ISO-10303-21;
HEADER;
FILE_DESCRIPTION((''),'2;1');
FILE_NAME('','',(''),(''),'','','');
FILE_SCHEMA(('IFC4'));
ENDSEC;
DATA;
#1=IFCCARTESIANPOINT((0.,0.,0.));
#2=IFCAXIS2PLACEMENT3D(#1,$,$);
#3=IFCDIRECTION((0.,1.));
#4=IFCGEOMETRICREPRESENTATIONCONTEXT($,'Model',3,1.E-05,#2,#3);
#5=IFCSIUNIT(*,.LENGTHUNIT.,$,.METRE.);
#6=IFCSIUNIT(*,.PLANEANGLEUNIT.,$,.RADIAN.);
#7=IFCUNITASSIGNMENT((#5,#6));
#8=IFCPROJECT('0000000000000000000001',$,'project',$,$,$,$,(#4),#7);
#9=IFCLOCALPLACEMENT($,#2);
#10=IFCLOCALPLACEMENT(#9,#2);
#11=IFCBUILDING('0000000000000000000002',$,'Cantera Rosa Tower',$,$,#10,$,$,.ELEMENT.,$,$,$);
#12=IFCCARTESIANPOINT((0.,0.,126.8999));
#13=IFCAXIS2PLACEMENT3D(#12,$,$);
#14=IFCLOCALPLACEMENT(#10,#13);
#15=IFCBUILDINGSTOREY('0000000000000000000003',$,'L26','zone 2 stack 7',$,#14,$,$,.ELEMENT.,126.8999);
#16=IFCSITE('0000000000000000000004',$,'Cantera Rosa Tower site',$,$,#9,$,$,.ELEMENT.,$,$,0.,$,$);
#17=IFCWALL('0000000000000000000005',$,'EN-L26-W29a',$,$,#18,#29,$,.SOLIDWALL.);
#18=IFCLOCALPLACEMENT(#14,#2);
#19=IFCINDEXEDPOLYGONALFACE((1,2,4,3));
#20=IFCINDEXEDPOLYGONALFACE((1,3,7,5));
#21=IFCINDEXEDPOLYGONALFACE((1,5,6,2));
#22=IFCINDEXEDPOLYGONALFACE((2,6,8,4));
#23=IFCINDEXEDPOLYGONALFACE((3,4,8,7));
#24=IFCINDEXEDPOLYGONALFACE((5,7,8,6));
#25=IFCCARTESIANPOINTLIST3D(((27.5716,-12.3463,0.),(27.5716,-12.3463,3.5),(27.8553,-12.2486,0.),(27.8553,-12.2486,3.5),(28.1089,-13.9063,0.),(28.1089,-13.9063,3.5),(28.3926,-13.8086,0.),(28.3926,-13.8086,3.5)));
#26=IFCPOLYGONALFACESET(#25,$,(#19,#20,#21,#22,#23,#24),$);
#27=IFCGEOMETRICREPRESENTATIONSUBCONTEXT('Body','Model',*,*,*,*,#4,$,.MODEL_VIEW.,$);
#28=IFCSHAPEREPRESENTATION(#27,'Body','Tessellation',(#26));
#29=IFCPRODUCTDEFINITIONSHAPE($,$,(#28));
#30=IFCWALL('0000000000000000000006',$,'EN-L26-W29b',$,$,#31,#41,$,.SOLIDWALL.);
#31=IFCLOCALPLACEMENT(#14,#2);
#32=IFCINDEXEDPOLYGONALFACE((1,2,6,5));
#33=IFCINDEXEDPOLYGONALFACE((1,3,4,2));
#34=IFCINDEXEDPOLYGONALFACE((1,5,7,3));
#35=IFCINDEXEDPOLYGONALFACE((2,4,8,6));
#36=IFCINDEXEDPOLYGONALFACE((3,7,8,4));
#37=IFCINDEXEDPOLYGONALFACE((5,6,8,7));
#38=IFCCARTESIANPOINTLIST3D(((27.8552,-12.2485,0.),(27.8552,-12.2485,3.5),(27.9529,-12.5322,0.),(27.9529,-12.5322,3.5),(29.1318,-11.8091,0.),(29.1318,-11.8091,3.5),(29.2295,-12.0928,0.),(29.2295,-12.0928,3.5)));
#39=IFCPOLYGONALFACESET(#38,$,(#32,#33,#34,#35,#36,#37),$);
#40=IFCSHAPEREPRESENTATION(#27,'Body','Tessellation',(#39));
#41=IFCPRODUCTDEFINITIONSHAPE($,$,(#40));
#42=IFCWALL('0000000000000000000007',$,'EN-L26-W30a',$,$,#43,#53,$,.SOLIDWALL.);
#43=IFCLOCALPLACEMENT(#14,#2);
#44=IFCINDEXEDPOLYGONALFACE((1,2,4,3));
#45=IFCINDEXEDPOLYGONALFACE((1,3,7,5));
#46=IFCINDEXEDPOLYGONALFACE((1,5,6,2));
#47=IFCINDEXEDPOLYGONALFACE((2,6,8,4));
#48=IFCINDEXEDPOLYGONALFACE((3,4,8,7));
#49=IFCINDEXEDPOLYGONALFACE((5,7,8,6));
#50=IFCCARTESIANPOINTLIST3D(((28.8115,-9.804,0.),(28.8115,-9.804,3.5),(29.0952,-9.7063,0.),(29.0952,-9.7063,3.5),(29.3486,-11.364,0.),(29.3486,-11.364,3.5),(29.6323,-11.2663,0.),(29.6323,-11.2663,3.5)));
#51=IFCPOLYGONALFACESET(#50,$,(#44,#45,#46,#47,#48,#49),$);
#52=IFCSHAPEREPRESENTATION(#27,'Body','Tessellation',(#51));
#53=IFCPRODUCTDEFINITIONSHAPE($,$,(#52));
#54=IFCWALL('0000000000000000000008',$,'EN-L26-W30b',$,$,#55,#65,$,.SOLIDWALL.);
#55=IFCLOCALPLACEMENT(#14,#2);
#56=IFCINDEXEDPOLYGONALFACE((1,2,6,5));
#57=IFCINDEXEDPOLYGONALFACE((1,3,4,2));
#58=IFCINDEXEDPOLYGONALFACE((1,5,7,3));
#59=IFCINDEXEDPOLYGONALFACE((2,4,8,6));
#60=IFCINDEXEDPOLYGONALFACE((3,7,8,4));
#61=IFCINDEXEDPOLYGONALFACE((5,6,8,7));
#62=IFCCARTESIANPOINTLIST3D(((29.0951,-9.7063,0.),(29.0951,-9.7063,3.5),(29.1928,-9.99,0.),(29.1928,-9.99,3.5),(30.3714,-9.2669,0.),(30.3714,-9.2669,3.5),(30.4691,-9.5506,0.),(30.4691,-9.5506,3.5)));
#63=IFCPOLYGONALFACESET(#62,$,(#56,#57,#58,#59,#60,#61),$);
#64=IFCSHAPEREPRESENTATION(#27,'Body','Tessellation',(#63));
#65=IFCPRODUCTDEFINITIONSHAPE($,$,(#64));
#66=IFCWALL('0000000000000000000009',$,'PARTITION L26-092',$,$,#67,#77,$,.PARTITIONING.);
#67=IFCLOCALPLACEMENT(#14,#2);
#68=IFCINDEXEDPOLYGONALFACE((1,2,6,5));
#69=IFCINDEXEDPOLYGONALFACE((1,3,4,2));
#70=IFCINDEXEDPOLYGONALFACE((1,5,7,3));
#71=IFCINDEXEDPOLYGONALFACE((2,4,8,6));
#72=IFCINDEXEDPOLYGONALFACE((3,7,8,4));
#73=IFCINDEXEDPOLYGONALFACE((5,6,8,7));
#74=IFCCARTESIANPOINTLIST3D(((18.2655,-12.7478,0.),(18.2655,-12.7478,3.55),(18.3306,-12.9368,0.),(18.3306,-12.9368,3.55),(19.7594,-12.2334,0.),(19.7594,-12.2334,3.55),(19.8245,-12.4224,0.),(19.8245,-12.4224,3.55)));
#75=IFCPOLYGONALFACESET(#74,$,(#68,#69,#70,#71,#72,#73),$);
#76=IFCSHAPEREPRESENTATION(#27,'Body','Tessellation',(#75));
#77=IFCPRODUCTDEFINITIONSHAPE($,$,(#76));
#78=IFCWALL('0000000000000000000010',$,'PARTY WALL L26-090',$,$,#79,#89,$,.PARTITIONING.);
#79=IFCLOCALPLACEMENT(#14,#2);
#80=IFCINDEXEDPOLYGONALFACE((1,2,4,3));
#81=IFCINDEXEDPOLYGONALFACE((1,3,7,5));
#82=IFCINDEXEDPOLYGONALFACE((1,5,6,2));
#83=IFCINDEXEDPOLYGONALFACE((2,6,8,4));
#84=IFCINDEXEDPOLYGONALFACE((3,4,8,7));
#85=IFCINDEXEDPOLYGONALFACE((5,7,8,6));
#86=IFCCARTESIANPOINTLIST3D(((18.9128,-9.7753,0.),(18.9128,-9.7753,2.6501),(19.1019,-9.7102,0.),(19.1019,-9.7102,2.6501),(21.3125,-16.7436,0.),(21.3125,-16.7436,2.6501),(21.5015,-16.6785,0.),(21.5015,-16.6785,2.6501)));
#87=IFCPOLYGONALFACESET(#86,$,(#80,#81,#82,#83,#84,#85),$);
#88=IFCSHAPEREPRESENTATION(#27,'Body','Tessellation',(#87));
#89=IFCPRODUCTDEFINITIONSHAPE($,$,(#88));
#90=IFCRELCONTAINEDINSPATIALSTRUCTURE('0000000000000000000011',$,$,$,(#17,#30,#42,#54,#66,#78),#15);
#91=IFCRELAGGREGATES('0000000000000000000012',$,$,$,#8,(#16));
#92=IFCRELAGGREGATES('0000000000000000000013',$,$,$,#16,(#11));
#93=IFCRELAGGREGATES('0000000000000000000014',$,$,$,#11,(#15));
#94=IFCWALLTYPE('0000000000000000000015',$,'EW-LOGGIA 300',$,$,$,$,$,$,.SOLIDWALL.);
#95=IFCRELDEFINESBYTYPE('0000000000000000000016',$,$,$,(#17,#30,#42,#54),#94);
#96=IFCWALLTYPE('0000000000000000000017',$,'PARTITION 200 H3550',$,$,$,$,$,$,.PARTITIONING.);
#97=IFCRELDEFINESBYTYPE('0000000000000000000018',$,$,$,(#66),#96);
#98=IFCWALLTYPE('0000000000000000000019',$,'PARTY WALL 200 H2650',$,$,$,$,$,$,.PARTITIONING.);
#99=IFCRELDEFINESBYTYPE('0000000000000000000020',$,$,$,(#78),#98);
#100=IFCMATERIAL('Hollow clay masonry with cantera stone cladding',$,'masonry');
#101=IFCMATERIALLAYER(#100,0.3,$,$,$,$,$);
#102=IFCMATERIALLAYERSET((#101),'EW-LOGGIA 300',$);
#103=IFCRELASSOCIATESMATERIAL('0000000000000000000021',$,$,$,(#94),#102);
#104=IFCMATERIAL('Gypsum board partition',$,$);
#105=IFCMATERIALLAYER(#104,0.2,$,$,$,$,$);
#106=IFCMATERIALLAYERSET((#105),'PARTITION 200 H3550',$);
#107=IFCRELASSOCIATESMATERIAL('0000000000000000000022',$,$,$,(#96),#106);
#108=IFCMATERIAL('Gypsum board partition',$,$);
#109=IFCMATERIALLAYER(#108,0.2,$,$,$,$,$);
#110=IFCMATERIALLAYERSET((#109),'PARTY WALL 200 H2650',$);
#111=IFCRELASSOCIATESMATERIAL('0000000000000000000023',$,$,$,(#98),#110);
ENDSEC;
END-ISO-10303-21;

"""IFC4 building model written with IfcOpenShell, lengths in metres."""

from ifc_helpers import new_model, si_unit, direction, frame, frame_2d, origin, place, context, subcontext, project, spatial, rectangle, extrude, material, layer, layer_set, type_object, element, save


model = new_model("IFC4")

# Units and contexts
model_context = context("Model", 3, precision=1e-05, world=origin(), true_north=direction((0.0, 1.0)))
body_context = subcontext(model_context, "Body", "Model", "MODEL_VIEW")
ifc_project = project(units=[si_unit("LENGTHUNIT", "METRE"), si_unit("PLANEANGLEUNIT", "RADIAN")], contexts=[model_context])

# Site, building, storey
site_placement = place(None, origin())
site = spatial("IfcSite", under=ifc_project, at=site_placement, Name="Cantera Rosa Tower site", CompositionType="ELEMENT", RefElevation=0.0)
building_placement = place(site_placement, origin())
building = spatial("IfcBuilding", under=site, at=building_placement, Name="Cantera Rosa Tower", CompositionType="ELEMENT")
storey_placement = place(building_placement, frame((0.0, 0.0, 126.8999)))
storey = spatial("IfcBuildingStorey", under=building, at=storey_placement, Name="L26", Description="zone 2 stack 7", CompositionType="ELEMENT", Elevation=126.8999)

# Walls
ifc_material_1 = material(Name="Hollow clay masonry with cantera stone cladding", Category="masonry")
ifc_layer_1 = layer(ifc_material_1, 0.3)
ifc_layer_set_1 = layer_set([ifc_layer_1], Name="EW-LOGGIA 300")
wall_type_1 = type_object("IfcWallType", Name="EW-LOGGIA 300", PredefinedType="SOLIDWALL", material=ifc_layer_set_1)
wall_1_placement = place(storey_placement, frame((28.2507, -13.8574, 0.0), z_axis=(0.0, 0.0, 1.0), x_axis=(-0.325667, 0.945485, 0.0)))
element("IfcWall", 1, at=wall_1_placement, inside=storey, type_object=wall_type_1, Name="EN-L26-W29a", PredefinedType="SOLIDWALL", context=body_context, shape_type="SweptSolid", body=[
    extrude(rectangle(XDim=1.6499, YDim=0.3, at=frame_2d((0.825, 0.0))), origin(), (0.0, 0.0, 1.0), 3.5),
])
wall_2_placement = place(storey_placement, frame((27.9041, -12.3904, 0.0), z_axis=(0.0, 0.0, 1.0), x_axis=(0.945546, 0.325489, 0.0)))
element("IfcWall", 2, at=wall_2_placement, inside=storey, type_object=wall_type_1, Name="EN-L26-W29b", PredefinedType="SOLIDWALL", context=body_context, shape_type="SweptSolid", body=[
    extrude(rectangle(XDim=1.3501, YDim=0.3, at=frame_2d((0.675, 0.0))), origin(), (0.0, 0.0, 1.0), 3.5),
])
wall_3_placement = place(storey_placement, frame((29.4905, -11.3152, 0.0), z_axis=(0.0, 0.0, 1.0), x_axis=(-0.325535, 0.94553, 0.0)))
element("IfcWall", 3, at=wall_3_placement, inside=storey, type_object=wall_type_1, Name="EN-L26-W30a", PredefinedType="SOLIDWALL", context=body_context, shape_type="SweptSolid", body=[
    extrude(rectangle(XDim=1.6499, YDim=0.3, at=frame_2d((0.825, 0.0))), origin(), (0.0, 0.0, 1.0), 3.5),
])
wall_4_placement = place(storey_placement, frame((29.144, -9.8481, 0.0), z_axis=(0.0, 0.0, 1.0), x_axis=(0.945527, 0.325545, 0.0)))
element("IfcWall", 4, at=wall_4_placement, inside=storey, type_object=wall_type_1, Name="EN-L26-W30b", PredefinedType="SOLIDWALL", context=body_context, shape_type="SweptSolid", body=[
    extrude(rectangle(XDim=1.3499, YDim=0.3, at=frame_2d((0.6748, 0.0))), origin(), (0.0, 0.0, 1.0), 3.5),
])

# Walls
ifc_material_2 = material(Name="Gypsum board partition")
ifc_layer_2 = layer(ifc_material_2, 0.2)
ifc_layer_set_2 = layer_set([ifc_layer_2], Name="PARTITION 200 H3550")
wall_type_2 = type_object("IfcWallType", Name="PARTITION 200 H3550", PredefinedType="PARTITIONING", material=ifc_layer_set_2)
wall_5_placement = place(storey_placement, frame((19.792, -12.3279, 0.0), z_axis=(0.0, 0.0, 1.0), x_axis=(-0.945516, -0.325576, 0.0)))
element("IfcWall", 5, at=wall_5_placement, inside=storey, type_object=wall_type_2, Name="PARTITION L26-092", PredefinedType="PARTITIONING", context=body_context, shape_type="SweptSolid", body=[
    extrude(rectangle(XDim=1.5801, YDim=0.2, at=frame_2d((0.79, 0.0))), origin(), (0.0, 0.0, 1.0), 3.55),
])
ifc_material_3 = material(Name="Gypsum board partition")
ifc_layer_3 = layer(ifc_material_3, 0.2)
ifc_layer_set_3 = layer_set([ifc_layer_3], Name="PARTY WALL 200 H2650")
wall_type_3 = type_object("IfcWallType", Name="PARTY WALL 200 H2650", PredefinedType="PARTITIONING", material=ifc_layer_set_3)
wall_6_placement = place(storey_placement, frame((19.0073, -9.7427, 0.0), z_axis=(0.0, 0.0, 1.0), x_axis=(0.325604, -0.945506, 0.0)))
element("IfcWall", 6, at=wall_6_placement, inside=storey, type_object=wall_type_3, Name="PARTY WALL L26-090", PredefinedType="PARTITIONING", context=body_context, shape_type="SweptSolid", body=[
    extrude(rectangle(XDim=7.3699, YDim=0.2, at=frame_2d((3.6851, 0.0))), origin(), (0.0, 0.0, 1.0), 2.6501),
])

save(model, "model.ifc")
